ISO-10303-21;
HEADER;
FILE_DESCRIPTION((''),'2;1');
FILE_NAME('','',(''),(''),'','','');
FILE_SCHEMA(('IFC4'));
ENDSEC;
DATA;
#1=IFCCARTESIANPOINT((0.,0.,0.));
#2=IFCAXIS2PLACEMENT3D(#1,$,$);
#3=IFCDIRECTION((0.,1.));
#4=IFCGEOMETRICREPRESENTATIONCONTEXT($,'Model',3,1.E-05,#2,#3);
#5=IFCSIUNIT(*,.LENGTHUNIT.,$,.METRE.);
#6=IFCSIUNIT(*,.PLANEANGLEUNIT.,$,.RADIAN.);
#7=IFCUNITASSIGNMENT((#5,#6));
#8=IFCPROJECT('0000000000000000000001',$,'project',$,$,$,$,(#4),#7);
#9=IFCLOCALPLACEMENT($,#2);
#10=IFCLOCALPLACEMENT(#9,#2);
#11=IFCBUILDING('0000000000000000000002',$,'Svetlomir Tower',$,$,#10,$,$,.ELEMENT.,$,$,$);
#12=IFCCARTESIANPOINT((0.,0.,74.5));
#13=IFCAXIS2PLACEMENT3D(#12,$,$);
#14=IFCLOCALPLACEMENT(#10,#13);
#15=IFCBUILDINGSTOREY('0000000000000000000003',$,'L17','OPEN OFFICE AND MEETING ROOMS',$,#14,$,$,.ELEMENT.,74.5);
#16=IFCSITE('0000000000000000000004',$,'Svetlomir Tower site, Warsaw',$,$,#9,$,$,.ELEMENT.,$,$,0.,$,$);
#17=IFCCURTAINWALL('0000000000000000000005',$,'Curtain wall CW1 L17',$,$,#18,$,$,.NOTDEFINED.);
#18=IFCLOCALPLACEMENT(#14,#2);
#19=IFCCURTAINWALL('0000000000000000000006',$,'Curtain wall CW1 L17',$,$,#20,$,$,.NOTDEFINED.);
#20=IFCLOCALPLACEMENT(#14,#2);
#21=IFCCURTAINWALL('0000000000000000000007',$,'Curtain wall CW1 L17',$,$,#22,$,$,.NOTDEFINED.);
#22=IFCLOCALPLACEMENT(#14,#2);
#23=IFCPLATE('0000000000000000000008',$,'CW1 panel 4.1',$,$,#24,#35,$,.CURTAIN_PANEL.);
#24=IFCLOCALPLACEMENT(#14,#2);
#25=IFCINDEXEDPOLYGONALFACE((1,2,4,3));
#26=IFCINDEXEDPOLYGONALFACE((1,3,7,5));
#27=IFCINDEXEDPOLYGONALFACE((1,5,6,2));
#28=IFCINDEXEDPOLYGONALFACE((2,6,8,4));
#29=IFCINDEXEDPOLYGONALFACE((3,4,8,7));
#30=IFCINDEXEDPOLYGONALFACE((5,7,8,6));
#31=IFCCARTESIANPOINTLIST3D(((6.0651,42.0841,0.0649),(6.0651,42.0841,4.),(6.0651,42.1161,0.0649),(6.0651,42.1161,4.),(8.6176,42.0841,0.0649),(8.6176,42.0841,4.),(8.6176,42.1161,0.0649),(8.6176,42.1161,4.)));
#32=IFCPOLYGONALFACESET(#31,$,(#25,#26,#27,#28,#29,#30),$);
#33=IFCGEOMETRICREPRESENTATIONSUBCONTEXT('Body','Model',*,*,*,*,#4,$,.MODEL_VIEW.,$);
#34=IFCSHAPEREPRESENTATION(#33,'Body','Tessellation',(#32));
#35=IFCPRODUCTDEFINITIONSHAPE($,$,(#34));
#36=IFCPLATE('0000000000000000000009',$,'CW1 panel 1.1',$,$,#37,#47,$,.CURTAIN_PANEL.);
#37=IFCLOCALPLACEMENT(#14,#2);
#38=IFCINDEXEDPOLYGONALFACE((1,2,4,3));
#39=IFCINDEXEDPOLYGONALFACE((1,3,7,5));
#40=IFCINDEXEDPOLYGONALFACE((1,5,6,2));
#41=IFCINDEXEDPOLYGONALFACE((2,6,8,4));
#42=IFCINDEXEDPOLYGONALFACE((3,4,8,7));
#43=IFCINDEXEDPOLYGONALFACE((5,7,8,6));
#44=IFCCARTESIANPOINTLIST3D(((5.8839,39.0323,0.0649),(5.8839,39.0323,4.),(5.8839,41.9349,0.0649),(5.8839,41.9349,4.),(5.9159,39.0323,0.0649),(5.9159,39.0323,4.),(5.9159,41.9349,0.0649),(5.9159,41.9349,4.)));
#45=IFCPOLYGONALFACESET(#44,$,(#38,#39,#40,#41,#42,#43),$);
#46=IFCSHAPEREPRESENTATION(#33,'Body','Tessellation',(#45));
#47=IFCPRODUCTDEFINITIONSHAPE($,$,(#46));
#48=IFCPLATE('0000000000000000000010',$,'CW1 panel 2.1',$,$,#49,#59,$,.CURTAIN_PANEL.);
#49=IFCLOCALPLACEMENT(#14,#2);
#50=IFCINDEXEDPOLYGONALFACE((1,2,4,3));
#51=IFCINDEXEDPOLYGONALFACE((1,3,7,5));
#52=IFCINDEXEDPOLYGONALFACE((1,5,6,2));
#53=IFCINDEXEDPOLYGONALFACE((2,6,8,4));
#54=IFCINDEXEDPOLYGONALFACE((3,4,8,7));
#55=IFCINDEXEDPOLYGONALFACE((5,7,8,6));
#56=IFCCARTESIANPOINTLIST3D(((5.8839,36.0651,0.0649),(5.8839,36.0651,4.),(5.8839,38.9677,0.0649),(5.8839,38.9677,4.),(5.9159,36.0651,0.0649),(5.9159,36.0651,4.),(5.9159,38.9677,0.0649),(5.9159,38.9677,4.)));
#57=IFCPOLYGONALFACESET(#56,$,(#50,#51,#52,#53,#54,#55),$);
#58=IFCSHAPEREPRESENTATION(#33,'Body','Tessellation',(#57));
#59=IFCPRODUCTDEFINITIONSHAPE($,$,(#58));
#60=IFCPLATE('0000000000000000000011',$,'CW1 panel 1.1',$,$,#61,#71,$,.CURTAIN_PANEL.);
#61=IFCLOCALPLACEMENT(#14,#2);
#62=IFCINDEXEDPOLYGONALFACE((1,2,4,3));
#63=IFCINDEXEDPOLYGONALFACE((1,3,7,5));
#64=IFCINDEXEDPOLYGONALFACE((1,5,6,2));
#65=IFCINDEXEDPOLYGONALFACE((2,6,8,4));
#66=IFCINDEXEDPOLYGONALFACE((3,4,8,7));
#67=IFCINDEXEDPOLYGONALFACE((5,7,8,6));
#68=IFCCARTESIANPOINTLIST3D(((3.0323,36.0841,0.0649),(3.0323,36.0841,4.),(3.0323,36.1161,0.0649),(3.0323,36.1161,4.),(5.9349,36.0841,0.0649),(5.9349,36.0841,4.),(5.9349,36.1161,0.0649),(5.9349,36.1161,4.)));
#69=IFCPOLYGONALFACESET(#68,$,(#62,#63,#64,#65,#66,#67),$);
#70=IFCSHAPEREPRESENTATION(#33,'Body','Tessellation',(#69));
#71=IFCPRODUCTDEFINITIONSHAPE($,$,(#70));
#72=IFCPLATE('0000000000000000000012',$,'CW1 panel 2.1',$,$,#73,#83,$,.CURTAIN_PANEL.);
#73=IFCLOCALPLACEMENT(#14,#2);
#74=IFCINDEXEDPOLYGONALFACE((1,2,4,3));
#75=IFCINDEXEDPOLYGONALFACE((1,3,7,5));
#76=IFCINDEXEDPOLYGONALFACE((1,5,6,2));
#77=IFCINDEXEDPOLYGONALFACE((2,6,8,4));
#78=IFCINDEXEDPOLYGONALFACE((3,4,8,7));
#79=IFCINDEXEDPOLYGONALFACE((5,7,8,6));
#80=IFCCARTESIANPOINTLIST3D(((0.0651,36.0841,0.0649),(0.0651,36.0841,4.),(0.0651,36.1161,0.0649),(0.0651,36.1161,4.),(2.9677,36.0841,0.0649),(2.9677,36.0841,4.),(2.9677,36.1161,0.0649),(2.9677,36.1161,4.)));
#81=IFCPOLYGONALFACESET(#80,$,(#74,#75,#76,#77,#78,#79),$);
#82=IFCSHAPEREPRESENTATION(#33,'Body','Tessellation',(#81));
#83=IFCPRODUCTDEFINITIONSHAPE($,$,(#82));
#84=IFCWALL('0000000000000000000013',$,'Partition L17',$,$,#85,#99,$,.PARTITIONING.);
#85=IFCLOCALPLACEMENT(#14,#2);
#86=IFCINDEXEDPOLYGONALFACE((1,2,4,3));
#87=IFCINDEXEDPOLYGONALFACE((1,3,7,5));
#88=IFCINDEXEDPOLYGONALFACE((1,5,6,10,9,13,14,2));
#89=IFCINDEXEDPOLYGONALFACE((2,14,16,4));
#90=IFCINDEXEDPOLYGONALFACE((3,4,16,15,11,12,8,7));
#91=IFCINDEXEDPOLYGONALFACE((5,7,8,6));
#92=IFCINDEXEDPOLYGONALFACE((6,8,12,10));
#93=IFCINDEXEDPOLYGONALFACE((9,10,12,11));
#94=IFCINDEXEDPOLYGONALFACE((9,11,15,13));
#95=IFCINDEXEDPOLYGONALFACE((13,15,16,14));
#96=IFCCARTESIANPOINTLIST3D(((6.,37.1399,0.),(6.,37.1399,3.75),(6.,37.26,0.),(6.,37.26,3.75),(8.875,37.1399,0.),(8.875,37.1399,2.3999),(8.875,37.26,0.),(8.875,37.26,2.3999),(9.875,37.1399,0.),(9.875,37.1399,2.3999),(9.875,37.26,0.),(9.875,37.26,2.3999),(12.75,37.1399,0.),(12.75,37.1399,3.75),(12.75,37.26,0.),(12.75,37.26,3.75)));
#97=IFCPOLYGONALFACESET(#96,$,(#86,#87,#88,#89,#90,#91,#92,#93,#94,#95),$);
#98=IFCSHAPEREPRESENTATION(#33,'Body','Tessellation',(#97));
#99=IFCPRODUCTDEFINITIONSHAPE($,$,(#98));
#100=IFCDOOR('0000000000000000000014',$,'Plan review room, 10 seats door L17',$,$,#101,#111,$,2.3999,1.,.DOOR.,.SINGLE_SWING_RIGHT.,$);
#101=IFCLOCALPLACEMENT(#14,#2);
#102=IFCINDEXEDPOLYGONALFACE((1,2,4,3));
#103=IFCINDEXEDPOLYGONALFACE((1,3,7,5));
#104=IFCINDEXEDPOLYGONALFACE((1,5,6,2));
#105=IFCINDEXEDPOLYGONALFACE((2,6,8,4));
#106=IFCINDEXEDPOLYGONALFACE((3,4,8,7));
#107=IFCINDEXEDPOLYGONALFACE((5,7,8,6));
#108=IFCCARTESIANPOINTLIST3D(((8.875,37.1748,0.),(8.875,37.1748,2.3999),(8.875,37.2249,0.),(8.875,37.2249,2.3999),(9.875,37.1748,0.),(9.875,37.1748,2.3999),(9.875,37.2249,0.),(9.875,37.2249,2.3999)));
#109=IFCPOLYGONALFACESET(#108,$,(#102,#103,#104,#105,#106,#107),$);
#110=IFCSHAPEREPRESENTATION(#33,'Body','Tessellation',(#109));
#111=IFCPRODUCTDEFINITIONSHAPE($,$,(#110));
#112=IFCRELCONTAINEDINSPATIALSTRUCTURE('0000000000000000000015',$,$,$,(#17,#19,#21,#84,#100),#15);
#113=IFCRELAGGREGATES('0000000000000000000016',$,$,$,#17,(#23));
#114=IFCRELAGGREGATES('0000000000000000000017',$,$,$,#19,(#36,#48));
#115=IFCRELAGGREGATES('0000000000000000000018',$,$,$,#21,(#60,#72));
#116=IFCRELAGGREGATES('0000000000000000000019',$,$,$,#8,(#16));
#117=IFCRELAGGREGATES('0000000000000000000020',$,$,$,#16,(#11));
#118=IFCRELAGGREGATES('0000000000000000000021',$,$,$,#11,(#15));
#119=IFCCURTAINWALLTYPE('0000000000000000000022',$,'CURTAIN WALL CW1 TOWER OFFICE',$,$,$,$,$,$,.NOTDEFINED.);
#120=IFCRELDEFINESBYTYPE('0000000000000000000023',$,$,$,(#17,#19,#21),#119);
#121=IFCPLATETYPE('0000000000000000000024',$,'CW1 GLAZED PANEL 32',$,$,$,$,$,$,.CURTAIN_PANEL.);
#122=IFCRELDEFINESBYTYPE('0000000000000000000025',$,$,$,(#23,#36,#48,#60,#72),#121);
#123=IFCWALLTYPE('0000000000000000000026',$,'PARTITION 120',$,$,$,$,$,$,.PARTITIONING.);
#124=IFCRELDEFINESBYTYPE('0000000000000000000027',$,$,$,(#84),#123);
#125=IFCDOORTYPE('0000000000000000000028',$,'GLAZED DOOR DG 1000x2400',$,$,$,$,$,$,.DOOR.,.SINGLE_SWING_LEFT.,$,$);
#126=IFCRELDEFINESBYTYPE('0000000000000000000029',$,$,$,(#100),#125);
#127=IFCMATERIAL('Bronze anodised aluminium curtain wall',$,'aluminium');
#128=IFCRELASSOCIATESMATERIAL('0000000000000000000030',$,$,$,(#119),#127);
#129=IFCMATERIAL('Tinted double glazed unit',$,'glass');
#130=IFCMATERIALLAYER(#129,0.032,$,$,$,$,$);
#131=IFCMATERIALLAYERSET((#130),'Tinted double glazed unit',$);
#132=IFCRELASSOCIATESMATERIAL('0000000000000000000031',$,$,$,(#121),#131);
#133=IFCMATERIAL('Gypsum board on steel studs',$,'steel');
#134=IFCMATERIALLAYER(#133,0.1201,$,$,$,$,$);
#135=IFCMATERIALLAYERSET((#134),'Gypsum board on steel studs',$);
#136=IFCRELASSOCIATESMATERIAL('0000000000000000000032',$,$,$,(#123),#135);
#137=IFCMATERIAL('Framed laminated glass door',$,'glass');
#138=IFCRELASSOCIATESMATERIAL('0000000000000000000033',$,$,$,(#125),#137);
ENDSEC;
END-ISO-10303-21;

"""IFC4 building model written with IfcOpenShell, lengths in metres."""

from ifc_helpers import new_model, si_unit, direction, frame, frame_2d, origin, origin_2d, place, context, subcontext, project, spatial, rectangle, extrude, material, layer, layer_set, type_object, element, fill, aggregate, save


model = new_model("IFC4")

# Units and contexts
model_context = context("Model", 3, precision=1e-05, world=origin(), true_north=direction((0.0, 1.0)))
body_context = subcontext(model_context, "Body", "Model", "MODEL_VIEW")
ifc_project = project(units=[si_unit("LENGTHUNIT", "METRE"), si_unit("PLANEANGLEUNIT", "RADIAN")], contexts=[model_context])

# Site, building, storey
site_placement = place(None, origin())
site = spatial("IfcSite", under=ifc_project, at=site_placement, Name="Svetlomir Tower site, Warsaw", CompositionType="ELEMENT", RefElevation=0.0)
building_placement = place(site_placement, origin())
building = spatial("IfcBuilding", under=site, at=building_placement, Name="Svetlomir Tower", CompositionType="ELEMENT")
storey_placement = place(building_placement, frame((0.0, 0.0, 74.5)))
storey = spatial("IfcBuildingStorey", under=building, at=storey_placement, Name="L17", Description="OPEN OFFICE AND MEETING ROOMS", CompositionType="ELEMENT", Elevation=74.5)

# Curtain walls
ifc_material_1 = material(Name="Bronze anodised aluminium curtain wall", Category="aluminium")
curtain_wall_type = type_object("IfcCurtainWallType", Name="CURTAIN WALL CW1 TOWER OFFICE", PredefinedType="NOTDEFINED", material=ifc_material_1)
curtain_wall_1_placement = place(storey_placement, origin())
curtain_wall_1 = element("IfcCurtainWall", 1, at=curtain_wall_1_placement, inside=storey, type_object=curtain_wall_type, Name="Curtain wall CW1 L17", PredefinedType="NOTDEFINED")
curtain_wall_2_placement = place(storey_placement, origin())
curtain_wall_2 = element("IfcCurtainWall", 2, at=curtain_wall_2_placement, inside=storey, type_object=curtain_wall_type, Name="Curtain wall CW1 L17", PredefinedType="NOTDEFINED")
curtain_wall_3_placement = place(storey_placement, origin())
curtain_wall_3 = element("IfcCurtainWall", 3, at=curtain_wall_3_placement, inside=storey, type_object=curtain_wall_type, Name="Curtain wall CW1 L17", PredefinedType="NOTDEFINED")

# Plates
ifc_material_2 = material(Name="Tinted double glazed unit", Category="glass")
ifc_layer_1 = layer(ifc_material_2, 0.032)
ifc_layer_set_1 = layer_set([ifc_layer_1], Name="Tinted double glazed unit")
plate_type = type_object("IfcPlateType", Name="CW1 GLAZED PANEL 32", PredefinedType="CURTAIN_PANEL", material=ifc_layer_set_1)
plate_1_placement = place(storey_placement, frame((7.3413, 42.1001, 0.0649), z_axis=(0.0, 0.0, 1.0), x_axis=(-1.0, 0.0, 0.0)))
plate_1 = element("IfcPlate", 4, at=plate_1_placement, type_object=plate_type, Name="CW1 panel 4.1", PredefinedType="CURTAIN_PANEL", context=body_context, shape_type="SweptSolid", body=[
    extrude(rectangle(XDim=2.5525, YDim=0.032, at=origin_2d()), origin(), (0.0, 0.0, 1.0), 3.9351),
])
aggregate(curtain_wall_1, [plate_1])
plate_2_placement = place(storey_placement, frame((5.8999, 40.4836, 0.0649), z_axis=(0.0, 0.0, 1.0), x_axis=(0.0, -1.0, 0.0)))
plate_2 = element("IfcPlate", 5, at=plate_2_placement, type_object=plate_type, Name="CW1 panel 1.1", PredefinedType="CURTAIN_PANEL", context=body_context, shape_type="SweptSolid", body=[
    extrude(rectangle(XDim=2.9026, YDim=0.032, at=origin_2d()), origin(), (0.0, 0.0, 1.0), 3.9351),
])
plate_3_placement = place(storey_placement, frame((5.8999, 37.5164, 0.0649), z_axis=(0.0, 0.0, 1.0), x_axis=(0.0, -1.0, 0.0)))
plate_3 = element("IfcPlate", 6, at=plate_3_placement, type_object=plate_type, Name="CW1 panel 2.1", PredefinedType="CURTAIN_PANEL", context=body_context, shape_type="SweptSolid", body=[
    extrude(rectangle(XDim=2.9026, YDim=0.032, at=origin_2d()), origin(), (0.0, 0.0, 1.0), 3.9351),
])
aggregate(curtain_wall_2, [plate_2, plate_3])
plate_4_placement = place(storey_placement, frame((4.4836, 36.1001, 0.0649), z_axis=(0.0, 0.0, 1.0), x_axis=(-1.0, 0.0, 0.0)))
plate_4 = element("IfcPlate", 7, at=plate_4_placement, type_object=plate_type, Name="CW1 panel 1.1", PredefinedType="CURTAIN_PANEL", context=body_context, shape_type="SweptSolid", body=[
    extrude(rectangle(XDim=2.9026, YDim=0.032, at=origin_2d()), origin(), (0.0, 0.0, 1.0), 3.9351),
])
plate_5_placement = place(storey_placement, frame((1.5164, 36.1001, 0.0649), z_axis=(0.0, 0.0, 1.0), x_axis=(-1.0, 0.0, 0.0)))
plate_5 = element("IfcPlate", 8, at=plate_5_placement, type_object=plate_type, Name="CW1 panel 2.1", PredefinedType="CURTAIN_PANEL", context=body_context, shape_type="SweptSolid", body=[
    extrude(rectangle(XDim=2.9026, YDim=0.032, at=origin_2d()), origin(), (0.0, 0.0, 1.0), 3.9351),
])
aggregate(curtain_wall_3, [plate_4, plate_5])

# Wall, opening, door
ifc_material_3 = material(Name="Gypsum board on steel studs", Category="steel")
ifc_layer_2 = layer(ifc_material_3, 0.1201)
ifc_layer_set_2 = layer_set([ifc_layer_2], Name="Gypsum board on steel studs")
wall_type = type_object("IfcWallType", Name="PARTITION 120", PredefinedType="PARTITIONING", material=ifc_layer_set_2)
wall_placement = place(storey_placement, frame((6.0, 37.2, 0.0), z_axis=(0.0, 0.0, 1.0), x_axis=(1.0, 0.0, 0.0)))
wall = element("IfcWall", 9, at=wall_placement, inside=storey, type_object=wall_type, Name="Partition L17", PredefinedType="PARTITIONING", context=body_context, shape_type="SweptSolid", body=[
    extrude(rectangle(XDim=6.75, YDim=0.1201, at=frame_2d((3.375, 0.0))), origin(), (0.0, 0.0, 1.0), 3.75),
])
opening_placement = place(wall_placement, frame((2.875, 0.0, 0.0)))
opening = element("IfcOpeningElement", 10, at=opening_placement, cuts=wall, PredefinedType="OPENING", context=body_context, shape_type="SweptSolid", body=[
    extrude(rectangle(XDim=1.0, YDim=2.3999, at=frame_2d((0.5, 1.2))), frame((0.0, 0.0701, 0.0), z_axis=(0.0, -1.0, 0.0), x_axis=(1.0, 0.0, 0.0)), (0.0, 0.0, 1.0), 0.1401),
])
ifc_material_4 = material(Name="Framed laminated glass door", Category="glass")
door_type = type_object("IfcDoorType", Name="GLAZED DOOR DG 1000x2400", OperationType="SINGLE_SWING_LEFT", PredefinedType="DOOR", material=ifc_material_4)
door_placement = place(opening_placement, origin())
door = element("IfcDoor", 11, at=door_placement, inside=storey, type_object=door_type, Name="Plan review room, 10 seats door L17", OperationType="SINGLE_SWING_RIGHT", OverallHeight=2.3999, OverallWidth=1.0, PredefinedType="DOOR", context=body_context, shape_type="SweptSolid", body=[
    extrude(rectangle(XDim=1.0, YDim=2.3999, at=frame_2d((0.5, 1.2))), frame((0.0, 0.0249, 0.0), z_axis=(0.0, -1.0, 0.0), x_axis=(1.0, 0.0, 0.0)), (0.0, 0.0, 1.0), 0.05),
])
fill(opening, door)

save(model, "model.ifc")
